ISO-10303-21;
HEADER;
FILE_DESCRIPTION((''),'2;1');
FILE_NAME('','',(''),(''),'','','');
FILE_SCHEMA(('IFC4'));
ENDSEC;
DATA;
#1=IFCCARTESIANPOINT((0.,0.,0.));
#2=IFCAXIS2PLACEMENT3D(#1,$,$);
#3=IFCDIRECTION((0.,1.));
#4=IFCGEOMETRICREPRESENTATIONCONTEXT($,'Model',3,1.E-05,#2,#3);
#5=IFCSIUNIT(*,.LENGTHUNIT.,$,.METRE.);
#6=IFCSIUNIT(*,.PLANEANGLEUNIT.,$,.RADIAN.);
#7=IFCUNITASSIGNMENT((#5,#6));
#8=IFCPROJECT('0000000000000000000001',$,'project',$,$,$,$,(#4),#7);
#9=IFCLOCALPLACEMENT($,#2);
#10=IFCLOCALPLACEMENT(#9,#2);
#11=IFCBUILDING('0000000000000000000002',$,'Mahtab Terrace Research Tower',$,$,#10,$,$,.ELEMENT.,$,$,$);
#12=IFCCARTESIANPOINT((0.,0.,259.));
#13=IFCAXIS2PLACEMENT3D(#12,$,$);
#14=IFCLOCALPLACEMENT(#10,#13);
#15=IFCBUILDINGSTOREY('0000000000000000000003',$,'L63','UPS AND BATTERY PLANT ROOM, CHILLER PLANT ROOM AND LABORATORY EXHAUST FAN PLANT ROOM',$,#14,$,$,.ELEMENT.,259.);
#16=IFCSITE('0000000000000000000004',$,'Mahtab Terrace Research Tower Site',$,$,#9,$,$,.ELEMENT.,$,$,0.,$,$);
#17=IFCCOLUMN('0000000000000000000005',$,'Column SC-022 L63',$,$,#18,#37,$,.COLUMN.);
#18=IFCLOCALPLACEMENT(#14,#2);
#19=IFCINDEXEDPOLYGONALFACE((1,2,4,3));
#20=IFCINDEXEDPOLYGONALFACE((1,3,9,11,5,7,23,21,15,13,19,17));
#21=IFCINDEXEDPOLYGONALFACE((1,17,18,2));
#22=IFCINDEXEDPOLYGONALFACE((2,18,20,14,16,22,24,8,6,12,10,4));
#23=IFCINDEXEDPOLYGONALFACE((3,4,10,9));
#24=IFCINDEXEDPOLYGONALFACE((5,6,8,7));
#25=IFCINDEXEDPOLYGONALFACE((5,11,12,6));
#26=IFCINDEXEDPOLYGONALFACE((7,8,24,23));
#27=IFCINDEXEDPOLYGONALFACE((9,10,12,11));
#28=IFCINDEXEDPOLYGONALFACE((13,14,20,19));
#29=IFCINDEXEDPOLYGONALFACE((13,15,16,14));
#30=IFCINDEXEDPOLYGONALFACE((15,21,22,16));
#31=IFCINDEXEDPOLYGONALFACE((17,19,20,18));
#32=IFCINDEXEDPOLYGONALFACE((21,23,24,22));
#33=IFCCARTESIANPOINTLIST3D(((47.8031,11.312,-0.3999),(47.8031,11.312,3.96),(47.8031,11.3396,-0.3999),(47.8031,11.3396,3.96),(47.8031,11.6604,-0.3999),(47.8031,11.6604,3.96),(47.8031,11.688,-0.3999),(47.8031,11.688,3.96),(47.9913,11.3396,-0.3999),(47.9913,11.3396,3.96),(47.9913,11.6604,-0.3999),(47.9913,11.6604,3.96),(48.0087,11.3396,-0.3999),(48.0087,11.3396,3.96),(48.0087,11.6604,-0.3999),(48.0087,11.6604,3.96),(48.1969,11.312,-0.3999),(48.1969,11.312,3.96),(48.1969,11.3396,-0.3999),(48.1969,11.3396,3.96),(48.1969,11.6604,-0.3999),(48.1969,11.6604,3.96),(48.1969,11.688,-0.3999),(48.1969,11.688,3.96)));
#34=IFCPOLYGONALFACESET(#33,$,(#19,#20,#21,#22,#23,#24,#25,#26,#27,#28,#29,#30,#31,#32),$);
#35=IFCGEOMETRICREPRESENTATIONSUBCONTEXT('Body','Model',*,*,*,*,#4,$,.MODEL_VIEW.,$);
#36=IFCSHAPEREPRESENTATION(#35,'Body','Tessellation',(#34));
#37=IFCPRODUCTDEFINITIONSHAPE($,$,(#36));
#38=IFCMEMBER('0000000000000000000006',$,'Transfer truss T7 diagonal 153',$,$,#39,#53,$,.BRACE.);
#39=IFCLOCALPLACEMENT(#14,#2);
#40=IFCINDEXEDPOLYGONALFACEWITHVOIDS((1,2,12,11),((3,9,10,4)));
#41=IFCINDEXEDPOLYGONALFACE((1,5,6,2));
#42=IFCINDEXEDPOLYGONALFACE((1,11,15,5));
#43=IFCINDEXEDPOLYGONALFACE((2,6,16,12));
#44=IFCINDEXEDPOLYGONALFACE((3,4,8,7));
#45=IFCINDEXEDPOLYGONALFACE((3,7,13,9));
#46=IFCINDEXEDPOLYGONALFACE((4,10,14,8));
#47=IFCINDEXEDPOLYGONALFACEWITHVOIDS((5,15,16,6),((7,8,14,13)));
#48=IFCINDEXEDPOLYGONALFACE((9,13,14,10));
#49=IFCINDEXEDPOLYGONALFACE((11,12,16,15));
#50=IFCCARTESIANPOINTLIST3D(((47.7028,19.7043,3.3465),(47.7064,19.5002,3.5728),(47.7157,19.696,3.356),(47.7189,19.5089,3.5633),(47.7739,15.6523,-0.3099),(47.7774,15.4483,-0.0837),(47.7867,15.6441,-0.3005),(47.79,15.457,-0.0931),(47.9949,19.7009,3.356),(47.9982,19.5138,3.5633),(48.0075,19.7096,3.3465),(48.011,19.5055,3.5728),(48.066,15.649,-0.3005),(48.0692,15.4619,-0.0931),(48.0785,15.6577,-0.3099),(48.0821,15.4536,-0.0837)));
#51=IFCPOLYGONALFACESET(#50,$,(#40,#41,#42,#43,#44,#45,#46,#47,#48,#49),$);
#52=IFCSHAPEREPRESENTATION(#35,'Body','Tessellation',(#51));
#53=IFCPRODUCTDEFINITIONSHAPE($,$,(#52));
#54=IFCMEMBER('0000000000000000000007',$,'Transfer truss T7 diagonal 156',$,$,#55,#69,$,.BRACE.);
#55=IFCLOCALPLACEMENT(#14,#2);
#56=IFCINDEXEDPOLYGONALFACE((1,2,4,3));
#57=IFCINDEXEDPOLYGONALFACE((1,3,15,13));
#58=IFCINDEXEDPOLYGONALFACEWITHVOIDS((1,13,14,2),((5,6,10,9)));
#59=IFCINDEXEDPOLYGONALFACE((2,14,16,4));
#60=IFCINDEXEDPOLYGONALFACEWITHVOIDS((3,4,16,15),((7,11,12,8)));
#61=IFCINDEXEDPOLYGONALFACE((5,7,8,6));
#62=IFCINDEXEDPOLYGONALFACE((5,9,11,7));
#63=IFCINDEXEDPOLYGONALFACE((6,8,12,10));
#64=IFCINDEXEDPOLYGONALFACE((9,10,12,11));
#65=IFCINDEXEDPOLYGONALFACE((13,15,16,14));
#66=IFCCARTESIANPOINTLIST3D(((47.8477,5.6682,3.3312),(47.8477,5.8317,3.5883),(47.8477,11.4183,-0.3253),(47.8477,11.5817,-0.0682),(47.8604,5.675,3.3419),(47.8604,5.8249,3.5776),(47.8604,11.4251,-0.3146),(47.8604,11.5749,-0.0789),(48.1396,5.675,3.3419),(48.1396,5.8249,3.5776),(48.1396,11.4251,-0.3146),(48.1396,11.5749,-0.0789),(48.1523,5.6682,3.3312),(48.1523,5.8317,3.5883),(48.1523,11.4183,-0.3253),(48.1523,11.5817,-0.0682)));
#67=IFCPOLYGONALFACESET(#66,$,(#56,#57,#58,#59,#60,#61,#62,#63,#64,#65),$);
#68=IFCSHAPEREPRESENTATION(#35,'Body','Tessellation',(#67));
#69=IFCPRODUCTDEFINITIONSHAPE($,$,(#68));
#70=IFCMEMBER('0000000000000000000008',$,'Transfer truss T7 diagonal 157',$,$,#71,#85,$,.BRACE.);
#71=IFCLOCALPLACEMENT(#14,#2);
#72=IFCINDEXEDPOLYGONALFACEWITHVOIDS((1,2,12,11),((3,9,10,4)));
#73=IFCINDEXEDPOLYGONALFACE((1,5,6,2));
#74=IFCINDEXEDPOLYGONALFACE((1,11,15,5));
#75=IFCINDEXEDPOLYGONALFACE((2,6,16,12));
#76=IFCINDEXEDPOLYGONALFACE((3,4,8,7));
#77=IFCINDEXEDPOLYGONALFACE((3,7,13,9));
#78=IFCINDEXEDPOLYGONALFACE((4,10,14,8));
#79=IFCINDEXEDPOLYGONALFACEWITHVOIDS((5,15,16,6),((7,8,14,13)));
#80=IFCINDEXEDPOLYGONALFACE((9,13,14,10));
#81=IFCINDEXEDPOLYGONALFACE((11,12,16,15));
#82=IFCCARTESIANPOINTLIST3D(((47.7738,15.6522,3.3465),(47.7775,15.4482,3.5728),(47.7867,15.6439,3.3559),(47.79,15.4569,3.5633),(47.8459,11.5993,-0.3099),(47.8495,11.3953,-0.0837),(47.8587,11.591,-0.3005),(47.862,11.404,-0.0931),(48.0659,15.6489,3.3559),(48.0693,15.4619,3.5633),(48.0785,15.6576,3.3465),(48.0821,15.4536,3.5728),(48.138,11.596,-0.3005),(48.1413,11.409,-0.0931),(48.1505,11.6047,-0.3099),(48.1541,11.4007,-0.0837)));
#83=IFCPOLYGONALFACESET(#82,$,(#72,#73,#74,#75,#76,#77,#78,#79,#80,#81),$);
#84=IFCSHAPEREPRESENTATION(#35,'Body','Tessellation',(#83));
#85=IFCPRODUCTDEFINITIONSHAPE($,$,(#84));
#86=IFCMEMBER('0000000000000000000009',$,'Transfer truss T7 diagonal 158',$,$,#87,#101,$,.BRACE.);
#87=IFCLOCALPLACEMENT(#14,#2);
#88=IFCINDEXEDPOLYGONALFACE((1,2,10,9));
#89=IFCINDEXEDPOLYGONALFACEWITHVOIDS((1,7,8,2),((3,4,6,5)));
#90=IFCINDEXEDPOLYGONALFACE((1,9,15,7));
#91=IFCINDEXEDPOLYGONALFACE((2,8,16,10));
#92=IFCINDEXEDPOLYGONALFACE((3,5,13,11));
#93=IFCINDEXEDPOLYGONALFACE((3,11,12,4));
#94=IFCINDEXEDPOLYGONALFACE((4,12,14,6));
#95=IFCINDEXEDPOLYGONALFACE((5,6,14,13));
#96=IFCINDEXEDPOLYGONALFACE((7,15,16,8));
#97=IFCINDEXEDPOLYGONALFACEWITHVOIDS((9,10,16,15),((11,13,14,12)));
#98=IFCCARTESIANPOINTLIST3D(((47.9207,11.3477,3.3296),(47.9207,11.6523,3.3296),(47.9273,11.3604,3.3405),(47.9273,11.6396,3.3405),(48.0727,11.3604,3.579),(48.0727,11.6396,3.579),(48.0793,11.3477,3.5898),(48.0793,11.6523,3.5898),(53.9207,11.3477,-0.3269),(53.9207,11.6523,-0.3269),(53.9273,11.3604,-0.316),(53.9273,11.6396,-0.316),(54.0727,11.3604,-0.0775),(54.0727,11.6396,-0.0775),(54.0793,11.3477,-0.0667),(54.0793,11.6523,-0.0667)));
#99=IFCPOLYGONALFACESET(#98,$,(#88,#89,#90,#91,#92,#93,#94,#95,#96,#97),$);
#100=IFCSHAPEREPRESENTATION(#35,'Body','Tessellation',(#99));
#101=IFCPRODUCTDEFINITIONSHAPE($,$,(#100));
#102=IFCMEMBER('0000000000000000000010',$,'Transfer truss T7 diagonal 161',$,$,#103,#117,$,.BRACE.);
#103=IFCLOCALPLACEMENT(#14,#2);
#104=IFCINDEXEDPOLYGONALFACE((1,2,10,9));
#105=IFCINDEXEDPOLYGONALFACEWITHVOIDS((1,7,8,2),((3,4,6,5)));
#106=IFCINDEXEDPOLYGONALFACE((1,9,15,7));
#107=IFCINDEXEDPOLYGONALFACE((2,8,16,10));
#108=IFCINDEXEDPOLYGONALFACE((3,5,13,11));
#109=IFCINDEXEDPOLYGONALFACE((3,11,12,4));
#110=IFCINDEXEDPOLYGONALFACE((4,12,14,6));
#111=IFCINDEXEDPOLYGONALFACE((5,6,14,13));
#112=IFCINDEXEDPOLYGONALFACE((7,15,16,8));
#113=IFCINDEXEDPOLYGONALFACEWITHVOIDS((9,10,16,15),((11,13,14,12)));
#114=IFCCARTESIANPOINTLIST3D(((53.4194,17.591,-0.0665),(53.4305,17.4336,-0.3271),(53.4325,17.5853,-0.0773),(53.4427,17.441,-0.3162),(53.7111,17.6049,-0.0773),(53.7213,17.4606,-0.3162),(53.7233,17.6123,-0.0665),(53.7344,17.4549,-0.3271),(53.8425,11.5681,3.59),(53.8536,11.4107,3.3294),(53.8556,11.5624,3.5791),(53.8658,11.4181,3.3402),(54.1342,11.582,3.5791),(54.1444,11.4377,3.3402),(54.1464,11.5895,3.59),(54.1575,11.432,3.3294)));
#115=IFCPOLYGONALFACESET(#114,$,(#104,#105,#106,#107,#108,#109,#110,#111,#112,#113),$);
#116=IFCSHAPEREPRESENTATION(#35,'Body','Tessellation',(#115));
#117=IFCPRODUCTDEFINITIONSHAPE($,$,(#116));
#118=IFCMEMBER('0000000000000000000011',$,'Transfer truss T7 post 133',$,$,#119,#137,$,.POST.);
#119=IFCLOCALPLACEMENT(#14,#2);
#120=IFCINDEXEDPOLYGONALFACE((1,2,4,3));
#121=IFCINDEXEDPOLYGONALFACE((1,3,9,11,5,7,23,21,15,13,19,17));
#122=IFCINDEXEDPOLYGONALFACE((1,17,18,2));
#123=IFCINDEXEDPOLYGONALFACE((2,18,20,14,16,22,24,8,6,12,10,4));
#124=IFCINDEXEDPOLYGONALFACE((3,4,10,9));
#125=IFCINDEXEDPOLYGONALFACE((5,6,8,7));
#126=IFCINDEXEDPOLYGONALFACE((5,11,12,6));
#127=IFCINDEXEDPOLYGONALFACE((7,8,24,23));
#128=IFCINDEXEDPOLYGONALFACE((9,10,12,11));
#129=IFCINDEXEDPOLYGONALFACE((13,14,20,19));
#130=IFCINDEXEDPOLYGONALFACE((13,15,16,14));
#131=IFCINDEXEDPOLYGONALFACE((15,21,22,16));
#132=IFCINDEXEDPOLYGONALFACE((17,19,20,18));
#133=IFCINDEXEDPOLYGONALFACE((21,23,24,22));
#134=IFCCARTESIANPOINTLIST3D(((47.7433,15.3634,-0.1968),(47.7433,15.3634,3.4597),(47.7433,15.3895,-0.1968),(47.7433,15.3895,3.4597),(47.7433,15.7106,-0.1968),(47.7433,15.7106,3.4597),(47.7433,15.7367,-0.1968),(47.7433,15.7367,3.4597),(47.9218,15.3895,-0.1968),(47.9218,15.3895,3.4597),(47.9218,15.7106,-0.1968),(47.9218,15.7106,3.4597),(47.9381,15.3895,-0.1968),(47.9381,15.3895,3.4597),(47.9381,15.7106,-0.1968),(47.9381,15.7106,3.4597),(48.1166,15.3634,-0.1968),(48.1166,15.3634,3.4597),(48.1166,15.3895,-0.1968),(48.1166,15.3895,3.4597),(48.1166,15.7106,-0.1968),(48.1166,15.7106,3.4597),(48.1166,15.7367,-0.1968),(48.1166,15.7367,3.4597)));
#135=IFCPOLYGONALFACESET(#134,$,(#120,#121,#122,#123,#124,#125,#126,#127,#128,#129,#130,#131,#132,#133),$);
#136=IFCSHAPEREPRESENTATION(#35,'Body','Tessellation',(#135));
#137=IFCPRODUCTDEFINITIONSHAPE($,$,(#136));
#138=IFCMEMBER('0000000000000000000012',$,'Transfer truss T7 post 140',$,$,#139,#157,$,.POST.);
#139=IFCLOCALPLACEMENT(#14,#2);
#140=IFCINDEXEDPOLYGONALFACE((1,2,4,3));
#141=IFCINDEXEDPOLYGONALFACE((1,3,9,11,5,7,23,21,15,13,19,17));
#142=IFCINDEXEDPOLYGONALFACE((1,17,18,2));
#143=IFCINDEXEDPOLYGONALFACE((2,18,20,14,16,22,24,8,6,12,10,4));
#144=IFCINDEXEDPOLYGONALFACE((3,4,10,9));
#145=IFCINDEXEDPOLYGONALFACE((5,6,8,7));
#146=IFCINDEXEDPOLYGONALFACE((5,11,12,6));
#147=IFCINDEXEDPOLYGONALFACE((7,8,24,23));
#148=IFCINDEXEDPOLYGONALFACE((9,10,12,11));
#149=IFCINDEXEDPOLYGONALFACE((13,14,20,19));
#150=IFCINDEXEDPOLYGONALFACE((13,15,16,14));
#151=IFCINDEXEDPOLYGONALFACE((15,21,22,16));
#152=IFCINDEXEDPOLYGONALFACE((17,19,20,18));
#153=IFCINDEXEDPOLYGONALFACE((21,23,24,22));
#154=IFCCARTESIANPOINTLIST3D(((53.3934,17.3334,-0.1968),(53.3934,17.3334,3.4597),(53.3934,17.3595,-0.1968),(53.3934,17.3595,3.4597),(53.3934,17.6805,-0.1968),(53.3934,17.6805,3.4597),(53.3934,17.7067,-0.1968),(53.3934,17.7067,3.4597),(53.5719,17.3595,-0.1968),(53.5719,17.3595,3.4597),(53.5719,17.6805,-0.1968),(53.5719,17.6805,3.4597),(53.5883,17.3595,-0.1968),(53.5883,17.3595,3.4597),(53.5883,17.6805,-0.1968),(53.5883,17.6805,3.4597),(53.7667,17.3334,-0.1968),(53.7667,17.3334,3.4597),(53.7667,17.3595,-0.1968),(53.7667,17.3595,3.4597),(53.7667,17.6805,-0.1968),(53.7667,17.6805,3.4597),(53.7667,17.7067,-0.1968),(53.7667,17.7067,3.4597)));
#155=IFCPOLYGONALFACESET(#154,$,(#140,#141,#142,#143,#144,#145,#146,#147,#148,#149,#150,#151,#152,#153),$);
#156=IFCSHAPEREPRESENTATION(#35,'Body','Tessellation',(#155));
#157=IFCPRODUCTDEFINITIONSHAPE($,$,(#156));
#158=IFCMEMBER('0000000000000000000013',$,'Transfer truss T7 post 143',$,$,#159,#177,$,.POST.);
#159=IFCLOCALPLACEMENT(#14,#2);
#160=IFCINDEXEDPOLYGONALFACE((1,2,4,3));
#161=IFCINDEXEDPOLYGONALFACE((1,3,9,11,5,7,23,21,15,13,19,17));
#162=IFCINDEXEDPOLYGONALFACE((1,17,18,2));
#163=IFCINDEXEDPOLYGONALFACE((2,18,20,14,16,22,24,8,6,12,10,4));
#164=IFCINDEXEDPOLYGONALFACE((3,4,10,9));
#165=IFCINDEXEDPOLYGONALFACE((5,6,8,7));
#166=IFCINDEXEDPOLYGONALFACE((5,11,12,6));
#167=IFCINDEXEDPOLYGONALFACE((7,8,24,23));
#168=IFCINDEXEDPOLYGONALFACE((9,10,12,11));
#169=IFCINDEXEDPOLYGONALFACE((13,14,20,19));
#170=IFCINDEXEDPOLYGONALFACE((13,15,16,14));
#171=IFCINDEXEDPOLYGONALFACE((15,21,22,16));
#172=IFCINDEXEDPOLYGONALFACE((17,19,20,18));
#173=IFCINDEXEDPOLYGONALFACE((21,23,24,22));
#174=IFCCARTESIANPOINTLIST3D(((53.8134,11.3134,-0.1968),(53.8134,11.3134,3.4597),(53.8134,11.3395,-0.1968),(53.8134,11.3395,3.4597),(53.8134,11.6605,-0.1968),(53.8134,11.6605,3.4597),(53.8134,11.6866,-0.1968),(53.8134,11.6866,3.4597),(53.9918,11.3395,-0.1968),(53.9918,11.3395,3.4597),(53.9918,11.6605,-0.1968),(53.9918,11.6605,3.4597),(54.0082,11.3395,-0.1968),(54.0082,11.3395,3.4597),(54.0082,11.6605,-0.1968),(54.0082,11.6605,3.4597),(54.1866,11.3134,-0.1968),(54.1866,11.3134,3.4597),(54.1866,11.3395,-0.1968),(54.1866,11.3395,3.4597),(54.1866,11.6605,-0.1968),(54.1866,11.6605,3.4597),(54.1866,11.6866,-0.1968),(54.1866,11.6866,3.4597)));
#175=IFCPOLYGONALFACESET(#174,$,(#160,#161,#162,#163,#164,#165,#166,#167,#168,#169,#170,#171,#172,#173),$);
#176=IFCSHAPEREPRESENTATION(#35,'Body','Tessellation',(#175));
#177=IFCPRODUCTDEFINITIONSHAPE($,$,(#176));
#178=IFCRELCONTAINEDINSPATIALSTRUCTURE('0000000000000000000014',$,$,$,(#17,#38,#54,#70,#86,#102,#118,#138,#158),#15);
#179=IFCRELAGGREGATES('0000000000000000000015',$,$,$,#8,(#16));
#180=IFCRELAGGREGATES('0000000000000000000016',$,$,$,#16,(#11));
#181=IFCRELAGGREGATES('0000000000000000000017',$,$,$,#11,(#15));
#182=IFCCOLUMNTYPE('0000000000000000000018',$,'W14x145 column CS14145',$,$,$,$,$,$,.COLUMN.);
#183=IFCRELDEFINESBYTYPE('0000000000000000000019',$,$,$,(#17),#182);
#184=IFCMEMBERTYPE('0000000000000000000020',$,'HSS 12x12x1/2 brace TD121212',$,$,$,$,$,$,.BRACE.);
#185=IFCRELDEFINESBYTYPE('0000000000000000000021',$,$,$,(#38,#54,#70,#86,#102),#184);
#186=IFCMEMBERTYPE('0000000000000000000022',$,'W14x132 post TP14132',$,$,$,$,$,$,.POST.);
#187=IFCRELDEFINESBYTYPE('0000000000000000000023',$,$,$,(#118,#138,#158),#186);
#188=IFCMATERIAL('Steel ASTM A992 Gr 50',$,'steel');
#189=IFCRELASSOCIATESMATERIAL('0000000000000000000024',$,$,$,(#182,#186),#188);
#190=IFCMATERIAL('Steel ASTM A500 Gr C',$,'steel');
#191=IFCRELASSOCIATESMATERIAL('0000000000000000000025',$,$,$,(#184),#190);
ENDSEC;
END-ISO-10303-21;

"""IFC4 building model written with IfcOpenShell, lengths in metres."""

from ifc_helpers import new_model, si_unit, direction, frame, origin, origin_2d, place, context, subcontext, project, spatial, hollow_rectangle, i_section, extrude, material, material_profile, profile_set, type_object, element, save


model = new_model("IFC4")

# Units and contexts
model_context = context("Model", 3, precision=1e-05, world=origin(), true_north=direction((0.0, 1.0)))
body_context = subcontext(model_context, "Body", "Model", "MODEL_VIEW")
ifc_project = project(units=[si_unit("LENGTHUNIT", "METRE"), si_unit("PLANEANGLEUNIT", "RADIAN")], contexts=[model_context])

# Site, building, storey
site_placement = place(None, origin())
site = spatial("IfcSite", under=ifc_project, at=site_placement, Name="Mahtab Terrace Research Tower Site", CompositionType="ELEMENT", RefElevation=0.0)
building_placement = place(site_placement, origin())
building = spatial("IfcBuilding", under=site, at=building_placement, Name="Mahtab Terrace Research Tower", CompositionType="ELEMENT")
storey_placement = place(building_placement, frame((0.0, 0.0, 259.0)))
storey = spatial("IfcBuildingStorey", under=building, at=storey_placement, Name="L63", Description="UPS AND BATTERY PLANT ROOM, CHILLER PLANT ROOM AND LABORATORY EXHAUST FAN PLANT ROOM", CompositionType="ELEMENT", Elevation=259.0)

# Column
ifc_material_1 = material(Name="Steel ASTM A992 Gr 50", Category="steel")
ifc_material_profile_1 = material_profile(ifc_material_1, i_section(OverallWidth=0.3938, OverallDepth=0.376, WebThickness=0.0173, FlangeThickness=0.0276, at=origin_2d()), Name="W14X145")
ifc_profile_set_1 = profile_set([ifc_material_profile_1], Name="Steel ASTM A992 Gr 50")
column_type = type_object("IfcColumnType", Name="W14x145 column CS14145", PredefinedType="COLUMN", material=ifc_profile_set_1)
column_placement = place(storey_placement, frame((48.0, 11.5, -0.3999), z_axis=(0.0, 0.0, 1.0), x_axis=(1.0, 0.0, 0.0)))
element("IfcColumn", 1, at=column_placement, inside=storey, type_object=column_type, Name="Column SC-022 L63", PredefinedType="COLUMN", context=body_context, shape_type="SweptSolid", body=[
    extrude(i_section(OverallWidth=0.3938, OverallDepth=0.376, WebThickness=0.0173, FlangeThickness=0.0276, at=origin_2d()), origin(), (0.0, 0.0, 1.0), 4.3599),
])

# Members
ifc_material_2 = material(Name="Steel ASTM A500 Gr C", Category="steel")
ifc_material_profile_2 = material_profile(ifc_material_2, hollow_rectangle(XDim=0.3047, YDim=0.3047, WallThickness=0.0127, at=origin_2d()), Name="HSS12X12X1/2")
ifc_profile_set_2 = profile_set([ifc_material_profile_2], Name="Steel ASTM A500 Gr C")
member_type_1 = type_object("IfcMemberType", Name="HSS 12x12x1/2 brace TD121212", PredefinedType="BRACE", material=ifc_profile_set_2)
member_1_placement = place(storey_placement, frame((47.928, 15.553, -0.1968), z_axis=(-0.013016, 0.742348, 0.669889), x_axis=(-0.999846, -0.017531, 0.0)))
element("IfcMember", 2, at=member_1_placement, inside=storey, type_object=member_type_1, Name="Transfer truss T7 diagonal 153", PredefinedType="BRACE", context=body_context, shape_type="SweptSolid", body=[
    extrude(hollow_rectangle(XDim=0.3047, YDim=0.3047, WallThickness=0.0127, at=origin_2d()), origin(), (0.0, 0.0, 1.0), 5.4583),
])
member_2_placement = place(storey_placement, frame((48.0, 11.5, -0.1968), z_axis=(0.0, -0.843834, 0.536604), x_axis=(1.0, 0.0, 0.0)))
element("IfcMember", 3, at=member_2_placement, inside=storey, type_object=member_type_1, Name="Transfer truss T7 diagonal 156", PredefinedType="BRACE", context=body_context, shape_type="SweptSolid", body=[
    extrude(hollow_rectangle(XDim=0.3047, YDim=0.3047, WallThickness=0.0127, at=origin_2d()), origin(), (0.0, 0.0, 1.0), 6.8142),
])
member_3_placement = place(storey_placement, frame((48.0, 11.5, -0.1968), z_axis=(-0.013193, 0.742426, 0.669798), x_axis=(-0.999842, -0.017767, 0.0)))
element("IfcMember", 4, at=member_3_placement, inside=storey, type_object=member_type_1, Name="Transfer truss T7 diagonal 157", PredefinedType="BRACE", context=body_context, shape_type="SweptSolid", body=[
    extrude(hollow_rectangle(XDim=0.3047, YDim=0.3047, WallThickness=0.0127, at=origin_2d()), origin(), (0.0, 0.0, 1.0), 5.459),
])
member_4_placement = place(storey_placement, frame((54.0, 11.5, -0.1968), z_axis=(-0.853925, 0.0, 0.520396), x_axis=(0.0, -1.0, 0.0)))
element("IfcMember", 5, at=member_4_placement, inside=storey, type_object=member_type_1, Name="Transfer truss T7 diagonal 158", PredefinedType="BRACE", context=body_context, shape_type="SweptSolid", body=[
    extrude(hollow_rectangle(XDim=0.3047, YDim=0.3047, WallThickness=0.0127, at=origin_2d()), origin(), (0.0, 0.0, 1.0), 7.0264),
])
member_5_placement = place(storey_placement, frame((53.5769, 17.5229, -0.1968), z_axis=(0.05994, -0.853269, 0.518014), x_axis=(0.997542, 0.070075, 0.0)))
element("IfcMember", 6, at=member_5_placement, inside=storey, type_object=member_type_1, Name="Transfer truss T7 diagonal 161", PredefinedType="BRACE", context=body_context, shape_type="SweptSolid", body=[
    extrude(hollow_rectangle(XDim=0.3047, YDim=0.3047, WallThickness=0.0127, at=origin_2d()), origin(), (0.0, 0.0, 1.0), 7.0586),
])
ifc_material_profile_3 = material_profile(ifc_material_1, i_section(OverallWidth=0.3733, OverallDepth=0.3733, WebThickness=0.0164, FlangeThickness=0.0261, at=origin_2d()), Name="W14X132")
ifc_profile_set_3 = profile_set([ifc_material_profile_3], Name="Steel ASTM A992 Gr 50")
member_type_2 = type_object("IfcMemberType", Name="W14x132 post TP14132", PredefinedType="POST", material=ifc_profile_set_3)
for number, where, z_axis, x_axis, name in (
    (7, (47.9299, 15.55, -0.1968), (0.0, 0.0, 1.0), (1.0, 0.0, 0.0), "Transfer truss T7 post 133"),
    (8, (53.5801, 17.52, -0.1968), (0.0, 0.0, 1.0), (1.0, 0.0, 0.0), "Transfer truss T7 post 140"),
    (9, (54.0, 11.5, -0.1968), (0.0, 0.0, 1.0), (1.0, 0.0, 0.0), "Transfer truss T7 post 143"),
):
    element("IfcMember", number, at=place(storey_placement, frame(where, z_axis=z_axis, x_axis=x_axis)), inside=storey, type_object=member_type_2, Name=name, PredefinedType="POST", context=body_context, shape_type="SweptSolid", body=[
        extrude(i_section(OverallWidth=0.3733, OverallDepth=0.3733, WebThickness=0.0164, FlangeThickness=0.0261, at=origin_2d()), origin(), (0.0, 0.0, 1.0), 3.6565),
    ])

save(model, "model.ifc")
